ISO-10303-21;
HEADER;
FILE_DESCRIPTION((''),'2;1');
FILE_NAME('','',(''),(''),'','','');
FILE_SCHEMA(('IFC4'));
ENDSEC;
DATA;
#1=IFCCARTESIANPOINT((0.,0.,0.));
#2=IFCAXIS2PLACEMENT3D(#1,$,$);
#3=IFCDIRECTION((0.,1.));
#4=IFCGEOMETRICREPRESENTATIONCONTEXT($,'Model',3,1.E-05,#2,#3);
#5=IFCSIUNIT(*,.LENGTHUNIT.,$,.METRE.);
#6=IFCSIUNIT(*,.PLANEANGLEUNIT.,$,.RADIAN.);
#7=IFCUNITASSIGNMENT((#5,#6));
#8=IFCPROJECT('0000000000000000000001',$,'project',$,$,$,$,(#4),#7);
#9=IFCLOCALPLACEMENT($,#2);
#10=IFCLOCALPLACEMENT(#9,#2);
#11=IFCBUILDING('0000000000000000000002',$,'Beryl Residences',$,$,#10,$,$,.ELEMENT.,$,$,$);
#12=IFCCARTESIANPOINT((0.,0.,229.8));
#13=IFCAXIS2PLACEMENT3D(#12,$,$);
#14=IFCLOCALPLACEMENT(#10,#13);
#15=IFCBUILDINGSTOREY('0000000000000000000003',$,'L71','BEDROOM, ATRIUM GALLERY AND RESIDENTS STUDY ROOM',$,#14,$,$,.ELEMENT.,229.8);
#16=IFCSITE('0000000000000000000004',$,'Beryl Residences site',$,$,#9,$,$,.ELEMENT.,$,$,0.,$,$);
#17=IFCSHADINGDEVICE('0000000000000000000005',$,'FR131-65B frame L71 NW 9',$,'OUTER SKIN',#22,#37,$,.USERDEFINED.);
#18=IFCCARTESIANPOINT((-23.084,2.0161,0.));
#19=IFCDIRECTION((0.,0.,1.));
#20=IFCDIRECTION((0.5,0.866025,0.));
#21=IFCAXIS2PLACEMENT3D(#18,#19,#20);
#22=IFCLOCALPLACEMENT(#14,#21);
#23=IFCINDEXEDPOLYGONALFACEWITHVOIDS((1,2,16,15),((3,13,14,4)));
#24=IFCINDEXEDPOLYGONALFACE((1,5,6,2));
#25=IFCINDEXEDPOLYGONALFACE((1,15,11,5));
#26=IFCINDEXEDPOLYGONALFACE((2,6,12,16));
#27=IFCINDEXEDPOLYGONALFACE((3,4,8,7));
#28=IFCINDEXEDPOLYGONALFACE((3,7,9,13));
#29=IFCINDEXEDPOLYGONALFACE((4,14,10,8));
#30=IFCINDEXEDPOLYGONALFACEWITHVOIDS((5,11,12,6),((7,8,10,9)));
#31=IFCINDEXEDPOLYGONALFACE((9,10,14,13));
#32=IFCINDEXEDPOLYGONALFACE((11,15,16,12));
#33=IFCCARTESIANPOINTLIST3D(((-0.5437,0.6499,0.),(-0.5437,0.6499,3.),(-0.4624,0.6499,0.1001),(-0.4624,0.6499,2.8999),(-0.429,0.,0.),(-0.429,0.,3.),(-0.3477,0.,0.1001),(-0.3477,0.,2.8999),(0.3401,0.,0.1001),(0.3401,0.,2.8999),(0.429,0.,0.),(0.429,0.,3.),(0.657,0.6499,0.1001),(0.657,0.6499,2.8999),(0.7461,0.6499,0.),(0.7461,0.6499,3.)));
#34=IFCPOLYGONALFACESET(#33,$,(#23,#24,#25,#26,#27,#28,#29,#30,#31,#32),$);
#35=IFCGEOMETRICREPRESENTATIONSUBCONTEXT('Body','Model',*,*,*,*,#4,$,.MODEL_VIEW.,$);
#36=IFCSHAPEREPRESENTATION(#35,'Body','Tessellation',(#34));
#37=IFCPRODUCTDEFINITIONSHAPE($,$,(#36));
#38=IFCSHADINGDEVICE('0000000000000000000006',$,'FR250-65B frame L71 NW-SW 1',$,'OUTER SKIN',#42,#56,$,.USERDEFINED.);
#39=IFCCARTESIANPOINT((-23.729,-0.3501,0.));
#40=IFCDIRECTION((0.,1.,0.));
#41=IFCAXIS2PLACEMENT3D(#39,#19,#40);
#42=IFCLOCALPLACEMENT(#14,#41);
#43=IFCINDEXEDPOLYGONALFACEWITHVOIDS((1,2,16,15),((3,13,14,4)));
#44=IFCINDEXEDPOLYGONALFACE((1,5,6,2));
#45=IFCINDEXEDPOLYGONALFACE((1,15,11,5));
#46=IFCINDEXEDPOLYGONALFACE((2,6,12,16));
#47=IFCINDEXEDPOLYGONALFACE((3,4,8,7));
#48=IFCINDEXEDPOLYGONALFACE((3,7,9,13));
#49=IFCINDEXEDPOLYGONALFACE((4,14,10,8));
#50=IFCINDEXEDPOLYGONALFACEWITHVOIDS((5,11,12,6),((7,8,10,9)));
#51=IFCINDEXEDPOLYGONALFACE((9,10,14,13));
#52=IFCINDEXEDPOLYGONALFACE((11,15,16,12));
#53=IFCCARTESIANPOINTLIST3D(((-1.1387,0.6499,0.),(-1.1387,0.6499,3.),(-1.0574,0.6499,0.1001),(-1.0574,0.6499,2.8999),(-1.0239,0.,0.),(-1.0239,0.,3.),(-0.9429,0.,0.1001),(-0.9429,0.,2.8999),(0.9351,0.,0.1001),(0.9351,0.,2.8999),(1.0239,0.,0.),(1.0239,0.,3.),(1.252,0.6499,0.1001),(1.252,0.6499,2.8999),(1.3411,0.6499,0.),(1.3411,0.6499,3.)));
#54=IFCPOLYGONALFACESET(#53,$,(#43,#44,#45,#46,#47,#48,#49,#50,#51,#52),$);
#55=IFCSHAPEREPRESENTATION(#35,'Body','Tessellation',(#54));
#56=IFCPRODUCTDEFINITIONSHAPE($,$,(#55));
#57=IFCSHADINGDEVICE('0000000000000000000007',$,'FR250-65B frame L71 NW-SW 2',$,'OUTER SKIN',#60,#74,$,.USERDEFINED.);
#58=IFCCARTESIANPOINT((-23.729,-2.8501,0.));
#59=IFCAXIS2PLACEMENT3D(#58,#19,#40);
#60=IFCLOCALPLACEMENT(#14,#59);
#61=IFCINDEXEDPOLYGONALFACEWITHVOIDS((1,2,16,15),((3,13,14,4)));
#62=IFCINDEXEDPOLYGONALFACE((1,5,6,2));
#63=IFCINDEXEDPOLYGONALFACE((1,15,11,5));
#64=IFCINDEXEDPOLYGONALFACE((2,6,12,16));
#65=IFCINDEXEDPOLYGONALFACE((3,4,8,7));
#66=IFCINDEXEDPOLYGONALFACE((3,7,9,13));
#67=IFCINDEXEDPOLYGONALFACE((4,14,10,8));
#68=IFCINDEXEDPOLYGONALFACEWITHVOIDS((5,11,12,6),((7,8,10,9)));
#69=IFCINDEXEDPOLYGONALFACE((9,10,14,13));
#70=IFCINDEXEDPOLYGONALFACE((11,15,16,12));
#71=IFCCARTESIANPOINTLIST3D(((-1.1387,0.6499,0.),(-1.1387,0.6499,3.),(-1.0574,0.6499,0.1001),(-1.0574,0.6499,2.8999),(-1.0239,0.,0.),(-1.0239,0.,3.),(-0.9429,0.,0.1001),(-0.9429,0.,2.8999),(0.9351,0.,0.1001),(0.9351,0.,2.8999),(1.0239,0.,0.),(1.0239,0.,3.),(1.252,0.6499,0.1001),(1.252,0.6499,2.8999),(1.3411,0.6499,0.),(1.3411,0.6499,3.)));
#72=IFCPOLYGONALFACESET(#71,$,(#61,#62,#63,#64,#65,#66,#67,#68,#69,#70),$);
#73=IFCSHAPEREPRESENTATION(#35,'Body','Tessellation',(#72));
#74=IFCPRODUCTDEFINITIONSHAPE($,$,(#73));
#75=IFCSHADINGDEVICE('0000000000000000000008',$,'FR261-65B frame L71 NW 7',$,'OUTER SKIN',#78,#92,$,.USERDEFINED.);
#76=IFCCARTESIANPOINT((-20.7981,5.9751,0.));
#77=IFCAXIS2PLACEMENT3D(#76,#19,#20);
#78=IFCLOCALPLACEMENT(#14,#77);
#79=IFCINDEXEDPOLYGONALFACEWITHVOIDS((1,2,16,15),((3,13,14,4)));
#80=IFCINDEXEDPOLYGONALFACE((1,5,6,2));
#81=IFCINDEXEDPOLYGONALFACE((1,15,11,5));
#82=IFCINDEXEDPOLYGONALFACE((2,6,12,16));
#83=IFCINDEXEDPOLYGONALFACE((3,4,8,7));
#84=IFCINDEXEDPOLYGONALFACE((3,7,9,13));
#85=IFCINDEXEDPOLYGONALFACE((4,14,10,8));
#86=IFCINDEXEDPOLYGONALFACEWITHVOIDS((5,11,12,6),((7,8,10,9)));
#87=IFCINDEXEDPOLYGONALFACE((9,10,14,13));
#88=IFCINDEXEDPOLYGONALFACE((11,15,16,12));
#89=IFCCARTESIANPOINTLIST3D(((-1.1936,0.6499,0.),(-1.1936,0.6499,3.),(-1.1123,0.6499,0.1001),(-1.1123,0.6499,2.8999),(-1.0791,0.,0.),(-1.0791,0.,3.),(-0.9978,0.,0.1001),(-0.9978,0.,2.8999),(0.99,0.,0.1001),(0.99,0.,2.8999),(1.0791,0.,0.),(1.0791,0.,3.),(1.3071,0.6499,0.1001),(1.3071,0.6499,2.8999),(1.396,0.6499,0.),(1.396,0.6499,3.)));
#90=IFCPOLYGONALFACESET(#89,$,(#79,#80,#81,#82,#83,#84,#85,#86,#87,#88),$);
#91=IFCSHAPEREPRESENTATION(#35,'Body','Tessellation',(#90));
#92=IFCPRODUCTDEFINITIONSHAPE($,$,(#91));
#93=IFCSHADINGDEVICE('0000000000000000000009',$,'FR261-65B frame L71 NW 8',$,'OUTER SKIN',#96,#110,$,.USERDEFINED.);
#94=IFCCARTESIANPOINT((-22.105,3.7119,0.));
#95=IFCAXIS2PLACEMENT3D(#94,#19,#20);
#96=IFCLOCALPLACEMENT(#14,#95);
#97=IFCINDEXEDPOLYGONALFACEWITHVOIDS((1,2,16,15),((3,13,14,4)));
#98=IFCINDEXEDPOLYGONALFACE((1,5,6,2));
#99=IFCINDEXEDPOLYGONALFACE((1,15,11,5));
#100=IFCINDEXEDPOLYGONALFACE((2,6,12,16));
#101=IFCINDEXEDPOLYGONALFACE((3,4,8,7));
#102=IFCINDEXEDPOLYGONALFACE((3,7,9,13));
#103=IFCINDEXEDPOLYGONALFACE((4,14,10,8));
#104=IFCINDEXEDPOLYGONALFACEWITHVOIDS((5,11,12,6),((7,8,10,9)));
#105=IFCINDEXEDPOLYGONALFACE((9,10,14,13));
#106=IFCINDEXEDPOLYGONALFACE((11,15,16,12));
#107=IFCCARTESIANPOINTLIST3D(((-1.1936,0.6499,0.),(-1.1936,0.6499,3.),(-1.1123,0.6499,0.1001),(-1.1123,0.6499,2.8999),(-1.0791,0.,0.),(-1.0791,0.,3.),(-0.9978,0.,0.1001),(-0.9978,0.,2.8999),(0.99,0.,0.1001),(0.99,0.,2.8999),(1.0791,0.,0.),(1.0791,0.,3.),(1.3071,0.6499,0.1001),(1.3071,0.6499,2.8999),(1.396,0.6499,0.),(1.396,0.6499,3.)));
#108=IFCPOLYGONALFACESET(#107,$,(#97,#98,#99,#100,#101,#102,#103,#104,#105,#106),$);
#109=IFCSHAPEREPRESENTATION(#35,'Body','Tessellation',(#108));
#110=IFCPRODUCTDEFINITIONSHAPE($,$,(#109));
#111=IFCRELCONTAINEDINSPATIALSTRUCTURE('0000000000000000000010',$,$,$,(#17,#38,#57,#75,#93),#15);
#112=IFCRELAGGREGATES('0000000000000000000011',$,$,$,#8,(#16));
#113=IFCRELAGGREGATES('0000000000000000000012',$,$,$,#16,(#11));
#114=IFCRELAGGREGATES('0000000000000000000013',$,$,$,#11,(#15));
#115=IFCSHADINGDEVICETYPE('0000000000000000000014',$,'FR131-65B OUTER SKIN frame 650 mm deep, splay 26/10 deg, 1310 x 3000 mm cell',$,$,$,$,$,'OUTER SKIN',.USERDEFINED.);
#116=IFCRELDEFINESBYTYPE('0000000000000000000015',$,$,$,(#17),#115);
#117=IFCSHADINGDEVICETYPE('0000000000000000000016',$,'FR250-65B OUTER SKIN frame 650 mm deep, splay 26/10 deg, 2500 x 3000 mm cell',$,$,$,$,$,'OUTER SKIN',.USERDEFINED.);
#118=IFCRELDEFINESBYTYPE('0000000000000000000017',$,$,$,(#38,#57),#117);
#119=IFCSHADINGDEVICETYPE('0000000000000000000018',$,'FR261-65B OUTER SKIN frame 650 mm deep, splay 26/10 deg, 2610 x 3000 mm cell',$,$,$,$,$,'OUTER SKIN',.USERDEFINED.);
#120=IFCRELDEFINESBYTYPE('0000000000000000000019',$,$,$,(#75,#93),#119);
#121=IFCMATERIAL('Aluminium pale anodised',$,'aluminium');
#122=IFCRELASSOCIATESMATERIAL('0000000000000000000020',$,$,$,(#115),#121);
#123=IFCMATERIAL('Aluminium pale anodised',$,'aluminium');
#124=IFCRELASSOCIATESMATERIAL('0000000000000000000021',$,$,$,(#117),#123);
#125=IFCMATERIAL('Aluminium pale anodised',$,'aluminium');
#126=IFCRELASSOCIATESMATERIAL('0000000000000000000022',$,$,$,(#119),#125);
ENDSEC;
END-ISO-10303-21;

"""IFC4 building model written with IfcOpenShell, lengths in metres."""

from ifc_helpers import new_model, entity, si_unit, direction, frame, origin, place, context, subcontext, project, spatial, source, transform, mapped, material, type_object, type_shapes, element, save


model = new_model("IFC4")

# Units and contexts
model_context = context("Model", 3, precision=1e-05, world=origin(), true_north=direction((0.0, 1.0)))
body_context = subcontext(model_context, "Body", "Model", "MODEL_VIEW")
ifc_project = project(units=[si_unit("LENGTHUNIT", "METRE"), si_unit("PLANEANGLEUNIT", "RADIAN")], contexts=[model_context])

# Site, building, storey
site_placement = place(None, origin())
site = spatial("IfcSite", under=ifc_project, at=site_placement, Name="Beryl Residences site", CompositionType="ELEMENT", RefElevation=0.0)
building_placement = place(site_placement, origin())
building = spatial("IfcBuilding", under=site, at=building_placement, Name="Beryl Residences", CompositionType="ELEMENT")
storey_placement = place(building_placement, frame((0.0, 0.0, 229.8)))
storey = spatial("IfcBuildingStorey", under=building, at=storey_placement, Name="L71", Description="BEDROOM, ATRIUM GALLERY AND RESIDENTS STUDY ROOM", CompositionType="ELEMENT", Elevation=229.8)

# Shading devices
ifc_material_1 = material(Name="Aluminium pale anodised", Category="aluminium")
shading_device_type_1 = type_object("IfcShadingDeviceType", Name="FR131-65B OUTER SKIN frame 650 mm deep, splay 26/10 deg, 1310 x 3000 mm cell", ElementType="OUTER SKIN", PredefinedType="USERDEFINED", material=ifc_material_1)
cartesian_point_1 = entity("IfcCartesianPoint", [-0.429, 0.0])
cartesian_point_2 = entity("IfcCartesianPoint", [-0.3401, 0.1001])
cartesian_point_3 = entity("IfcCartesianPoint", [-0.7461, 0.0])
cartesian_point_4 = entity("IfcCartesianPoint", [-0.657, 0.1001])
shared_shape_1 = source(origin(), body_context, "Body", "SweptSolid", [
    entity("IfcExtrudedAreaSolidTapered", entity("IfcArbitraryProfileDefWithVoids", "AREA", None, entity("IfcPolyline", [cartesian_point_1, entity("IfcCartesianPoint", [0.429, 0.0]), entity("IfcCartesianPoint", [0.429, 3.0]), entity("IfcCartesianPoint", [-0.429, 3.0]), cartesian_point_1]), [entity("IfcPolyline", [cartesian_point_2, entity("IfcCartesianPoint", [0.3477, 0.1001]), entity("IfcCartesianPoint", [0.3477, 2.8999]), entity("IfcCartesianPoint", [-0.3401, 2.8999]), cartesian_point_2])]), entity("IfcAxis2Placement3D", entity("IfcCartesianPoint", [0.0, 0.0, 0.0]), entity("IfcDirection", [0.0, 1.0, 0.0]), entity("IfcDirection", [-1.0, 0.0, 0.0])), entity("IfcDirection", [0.0, 0.0, 1.0]), 0.6499, entity("IfcArbitraryProfileDefWithVoids", "AREA", None, entity("IfcPolyline", [cartesian_point_3, entity("IfcCartesianPoint", [0.5437, 0.0]), entity("IfcCartesianPoint", [0.5437, 3.0]), entity("IfcCartesianPoint", [-0.7461, 3.0]), cartesian_point_3]), [entity("IfcPolyline", [cartesian_point_4, entity("IfcCartesianPoint", [0.4624, 0.1001]), entity("IfcCartesianPoint", [0.4624, 2.8999]), entity("IfcCartesianPoint", [-0.657, 2.8999]), cartesian_point_4])])),
])
type_shapes(shading_device_type_1, [shared_shape_1])
shading_device_placement = place(storey_placement, frame((-23.084, 2.0161, 0.0), z_axis=(0.0, 0.0, 1.0), x_axis=(0.5, 0.866025, 0.0)))
element("IfcShadingDevice", 1, at=shading_device_placement, inside=storey, type_object=shading_device_type_1, Name="FR131-65B frame L71 NW 9", ObjectType="OUTER SKIN", PredefinedType="USERDEFINED", context=body_context, shape_type="MappedRepresentation", body=[
    mapped(shared_shape_1, transform((0.0, 0.0, 0.0))),
])
ifc_material_2 = material(Name="Aluminium pale anodised", Category="aluminium")
shading_device_type_2 = type_object("IfcShadingDeviceType", Name="FR250-65B OUTER SKIN frame 650 mm deep, splay 26/10 deg, 2500 x 3000 mm cell", ElementType="OUTER SKIN", PredefinedType="USERDEFINED", material=ifc_material_2)
cartesian_point_5 = entity("IfcCartesianPoint", [-1.0239, 0.0])
cartesian_point_6 = entity("IfcCartesianPoint", [-0.9351, 0.1001])
cartesian_point_7 = entity("IfcCartesianPoint", [-1.3411, 0.0])
cartesian_point_8 = entity("IfcCartesianPoint", [-1.252, 0.1001])
shared_shape_2 = source(origin(), body_context, "Body", "SweptSolid", [
    entity("IfcExtrudedAreaSolidTapered", entity("IfcArbitraryProfileDefWithVoids", "AREA", None, entity("IfcPolyline", [cartesian_point_5, entity("IfcCartesianPoint", [1.0239, 0.0]), entity("IfcCartesianPoint", [1.0239, 3.0]), entity("IfcCartesianPoint", [-1.0239, 3.0]), cartesian_point_5]), [entity("IfcPolyline", [cartesian_point_6, entity("IfcCartesianPoint", [0.9429, 0.1001]), entity("IfcCartesianPoint", [0.9429, 2.8999]), entity("IfcCartesianPoint", [-0.9351, 2.8999]), cartesian_point_6])]), entity("IfcAxis2Placement3D", entity("IfcCartesianPoint", [0.0, 0.0, 0.0]), entity("IfcDirection", [0.0, 1.0, 0.0]), entity("IfcDirection", [-1.0, 0.0, 0.0])), entity("IfcDirection", [0.0, 0.0, 1.0]), 0.6499, entity("IfcArbitraryProfileDefWithVoids", "AREA", None, entity("IfcPolyline", [cartesian_point_7, entity("IfcCartesianPoint", [1.1387, 0.0]), entity("IfcCartesianPoint", [1.1387, 3.0]), entity("IfcCartesianPoint", [-1.3411, 3.0]), cartesian_point_7]), [entity("IfcPolyline", [cartesian_point_8, entity("IfcCartesianPoint", [1.0574, 0.1001]), entity("IfcCartesianPoint", [1.0574, 2.8999]), entity("IfcCartesianPoint", [-1.252, 2.8999]), cartesian_point_8])])),
])
type_shapes(shading_device_type_2, [shared_shape_2])
for number, where, z_axis, x_axis, name in (
    (2, (-23.729, -0.3501, 0.0), (0.0, 0.0, 1.0), (0.0, 1.0, 0.0), "FR250-65B frame L71 NW-SW 1"),
    (3, (-23.729, -2.8501, 0.0), (0.0, 0.0, 1.0), (0.0, 1.0, 0.0), "FR250-65B frame L71 NW-SW 2"),
):
    element("IfcShadingDevice", number, at=place(storey_placement, frame(where, z_axis=z_axis, x_axis=x_axis)), inside=storey, type_object=shading_device_type_2, Name=name, ObjectType="OUTER SKIN", PredefinedType="USERDEFINED", context=body_context, shape_type="MappedRepresentation", body=[
        mapped(shared_shape_2, transform((0.0, 0.0, 0.0))),
    ])
ifc_material_3 = material(Name="Aluminium pale anodised", Category="aluminium")
shading_device_type_3 = type_object("IfcShadingDeviceType", Name="FR261-65B OUTER SKIN frame 650 mm deep, splay 26/10 deg, 2610 x 3000 mm cell", ElementType="OUTER SKIN", PredefinedType="USERDEFINED", material=ifc_material_3)
cartesian_point_9 = entity("IfcCartesianPoint", [-1.0791, 0.0])
cartesian_point_10 = entity("IfcCartesianPoint", [-0.99, 0.1001])
cartesian_point_11 = entity("IfcCartesianPoint", [-1.396, 0.0])
cartesian_point_12 = entity("IfcCartesianPoint", [-1.3071, 0.1001])
shared_shape_3 = source(origin(), body_context, "Body", "SweptSolid", [
    entity("IfcExtrudedAreaSolidTapered", entity("IfcArbitraryProfileDefWithVoids", "AREA", None, entity("IfcPolyline", [cartesian_point_9, entity("IfcCartesianPoint", [1.0791, 0.0]), entity("IfcCartesianPoint", [1.0791, 3.0]), entity("IfcCartesianPoint", [-1.0791, 3.0]), cartesian_point_9]), [entity("IfcPolyline", [cartesian_point_10, entity("IfcCartesianPoint", [0.9978, 0.1001]), entity("IfcCartesianPoint", [0.9978, 2.8999]), entity("IfcCartesianPoint", [-0.99, 2.8999]), cartesian_point_10])]), entity("IfcAxis2Placement3D", entity("IfcCartesianPoint", [0.0, 0.0, 0.0]), entity("IfcDirection", [0.0, 1.0, 0.0]), entity("IfcDirection", [-1.0, 0.0, 0.0])), entity("IfcDirection", [0.0, 0.0, 1.0]), 0.6499, entity("IfcArbitraryProfileDefWithVoids", "AREA", None, entity("IfcPolyline", [cartesian_point_11, entity("IfcCartesianPoint", [1.1936, 0.0]), entity("IfcCartesianPoint", [1.1936, 3.0]), entity("IfcCartesianPoint", [-1.396, 3.0]), cartesian_point_11]), [entity("IfcPolyline", [cartesian_point_12, entity("IfcCartesianPoint", [1.1123, 0.1001]), entity("IfcCartesianPoint", [1.1123, 2.8999]), entity("IfcCartesianPoint", [-1.3071, 2.8999]), cartesian_point_12])])),
])
type_shapes(shading_device_type_3, [shared_shape_3])
for number, where, z_axis, x_axis, name in (
    (4, (-20.7981, 5.9751, 0.0), (0.0, 0.0, 1.0), (0.5, 0.866025, 0.0), "FR261-65B frame L71 NW 7"),
    (5, (-22.105, 3.7119, 0.0), (0.0, 0.0, 1.0), (0.5, 0.866025, 0.0), "FR261-65B frame L71 NW 8"),
):
    element("IfcShadingDevice", number, at=place(storey_placement, frame(where, z_axis=z_axis, x_axis=x_axis)), inside=storey, type_object=shading_device_type_3, Name=name, ObjectType="OUTER SKIN", PredefinedType="USERDEFINED", context=body_context, shape_type="MappedRepresentation", body=[
        mapped(shared_shape_3, transform((0.0, 0.0, 0.0))),
    ])

save(model, "model.ifc")
